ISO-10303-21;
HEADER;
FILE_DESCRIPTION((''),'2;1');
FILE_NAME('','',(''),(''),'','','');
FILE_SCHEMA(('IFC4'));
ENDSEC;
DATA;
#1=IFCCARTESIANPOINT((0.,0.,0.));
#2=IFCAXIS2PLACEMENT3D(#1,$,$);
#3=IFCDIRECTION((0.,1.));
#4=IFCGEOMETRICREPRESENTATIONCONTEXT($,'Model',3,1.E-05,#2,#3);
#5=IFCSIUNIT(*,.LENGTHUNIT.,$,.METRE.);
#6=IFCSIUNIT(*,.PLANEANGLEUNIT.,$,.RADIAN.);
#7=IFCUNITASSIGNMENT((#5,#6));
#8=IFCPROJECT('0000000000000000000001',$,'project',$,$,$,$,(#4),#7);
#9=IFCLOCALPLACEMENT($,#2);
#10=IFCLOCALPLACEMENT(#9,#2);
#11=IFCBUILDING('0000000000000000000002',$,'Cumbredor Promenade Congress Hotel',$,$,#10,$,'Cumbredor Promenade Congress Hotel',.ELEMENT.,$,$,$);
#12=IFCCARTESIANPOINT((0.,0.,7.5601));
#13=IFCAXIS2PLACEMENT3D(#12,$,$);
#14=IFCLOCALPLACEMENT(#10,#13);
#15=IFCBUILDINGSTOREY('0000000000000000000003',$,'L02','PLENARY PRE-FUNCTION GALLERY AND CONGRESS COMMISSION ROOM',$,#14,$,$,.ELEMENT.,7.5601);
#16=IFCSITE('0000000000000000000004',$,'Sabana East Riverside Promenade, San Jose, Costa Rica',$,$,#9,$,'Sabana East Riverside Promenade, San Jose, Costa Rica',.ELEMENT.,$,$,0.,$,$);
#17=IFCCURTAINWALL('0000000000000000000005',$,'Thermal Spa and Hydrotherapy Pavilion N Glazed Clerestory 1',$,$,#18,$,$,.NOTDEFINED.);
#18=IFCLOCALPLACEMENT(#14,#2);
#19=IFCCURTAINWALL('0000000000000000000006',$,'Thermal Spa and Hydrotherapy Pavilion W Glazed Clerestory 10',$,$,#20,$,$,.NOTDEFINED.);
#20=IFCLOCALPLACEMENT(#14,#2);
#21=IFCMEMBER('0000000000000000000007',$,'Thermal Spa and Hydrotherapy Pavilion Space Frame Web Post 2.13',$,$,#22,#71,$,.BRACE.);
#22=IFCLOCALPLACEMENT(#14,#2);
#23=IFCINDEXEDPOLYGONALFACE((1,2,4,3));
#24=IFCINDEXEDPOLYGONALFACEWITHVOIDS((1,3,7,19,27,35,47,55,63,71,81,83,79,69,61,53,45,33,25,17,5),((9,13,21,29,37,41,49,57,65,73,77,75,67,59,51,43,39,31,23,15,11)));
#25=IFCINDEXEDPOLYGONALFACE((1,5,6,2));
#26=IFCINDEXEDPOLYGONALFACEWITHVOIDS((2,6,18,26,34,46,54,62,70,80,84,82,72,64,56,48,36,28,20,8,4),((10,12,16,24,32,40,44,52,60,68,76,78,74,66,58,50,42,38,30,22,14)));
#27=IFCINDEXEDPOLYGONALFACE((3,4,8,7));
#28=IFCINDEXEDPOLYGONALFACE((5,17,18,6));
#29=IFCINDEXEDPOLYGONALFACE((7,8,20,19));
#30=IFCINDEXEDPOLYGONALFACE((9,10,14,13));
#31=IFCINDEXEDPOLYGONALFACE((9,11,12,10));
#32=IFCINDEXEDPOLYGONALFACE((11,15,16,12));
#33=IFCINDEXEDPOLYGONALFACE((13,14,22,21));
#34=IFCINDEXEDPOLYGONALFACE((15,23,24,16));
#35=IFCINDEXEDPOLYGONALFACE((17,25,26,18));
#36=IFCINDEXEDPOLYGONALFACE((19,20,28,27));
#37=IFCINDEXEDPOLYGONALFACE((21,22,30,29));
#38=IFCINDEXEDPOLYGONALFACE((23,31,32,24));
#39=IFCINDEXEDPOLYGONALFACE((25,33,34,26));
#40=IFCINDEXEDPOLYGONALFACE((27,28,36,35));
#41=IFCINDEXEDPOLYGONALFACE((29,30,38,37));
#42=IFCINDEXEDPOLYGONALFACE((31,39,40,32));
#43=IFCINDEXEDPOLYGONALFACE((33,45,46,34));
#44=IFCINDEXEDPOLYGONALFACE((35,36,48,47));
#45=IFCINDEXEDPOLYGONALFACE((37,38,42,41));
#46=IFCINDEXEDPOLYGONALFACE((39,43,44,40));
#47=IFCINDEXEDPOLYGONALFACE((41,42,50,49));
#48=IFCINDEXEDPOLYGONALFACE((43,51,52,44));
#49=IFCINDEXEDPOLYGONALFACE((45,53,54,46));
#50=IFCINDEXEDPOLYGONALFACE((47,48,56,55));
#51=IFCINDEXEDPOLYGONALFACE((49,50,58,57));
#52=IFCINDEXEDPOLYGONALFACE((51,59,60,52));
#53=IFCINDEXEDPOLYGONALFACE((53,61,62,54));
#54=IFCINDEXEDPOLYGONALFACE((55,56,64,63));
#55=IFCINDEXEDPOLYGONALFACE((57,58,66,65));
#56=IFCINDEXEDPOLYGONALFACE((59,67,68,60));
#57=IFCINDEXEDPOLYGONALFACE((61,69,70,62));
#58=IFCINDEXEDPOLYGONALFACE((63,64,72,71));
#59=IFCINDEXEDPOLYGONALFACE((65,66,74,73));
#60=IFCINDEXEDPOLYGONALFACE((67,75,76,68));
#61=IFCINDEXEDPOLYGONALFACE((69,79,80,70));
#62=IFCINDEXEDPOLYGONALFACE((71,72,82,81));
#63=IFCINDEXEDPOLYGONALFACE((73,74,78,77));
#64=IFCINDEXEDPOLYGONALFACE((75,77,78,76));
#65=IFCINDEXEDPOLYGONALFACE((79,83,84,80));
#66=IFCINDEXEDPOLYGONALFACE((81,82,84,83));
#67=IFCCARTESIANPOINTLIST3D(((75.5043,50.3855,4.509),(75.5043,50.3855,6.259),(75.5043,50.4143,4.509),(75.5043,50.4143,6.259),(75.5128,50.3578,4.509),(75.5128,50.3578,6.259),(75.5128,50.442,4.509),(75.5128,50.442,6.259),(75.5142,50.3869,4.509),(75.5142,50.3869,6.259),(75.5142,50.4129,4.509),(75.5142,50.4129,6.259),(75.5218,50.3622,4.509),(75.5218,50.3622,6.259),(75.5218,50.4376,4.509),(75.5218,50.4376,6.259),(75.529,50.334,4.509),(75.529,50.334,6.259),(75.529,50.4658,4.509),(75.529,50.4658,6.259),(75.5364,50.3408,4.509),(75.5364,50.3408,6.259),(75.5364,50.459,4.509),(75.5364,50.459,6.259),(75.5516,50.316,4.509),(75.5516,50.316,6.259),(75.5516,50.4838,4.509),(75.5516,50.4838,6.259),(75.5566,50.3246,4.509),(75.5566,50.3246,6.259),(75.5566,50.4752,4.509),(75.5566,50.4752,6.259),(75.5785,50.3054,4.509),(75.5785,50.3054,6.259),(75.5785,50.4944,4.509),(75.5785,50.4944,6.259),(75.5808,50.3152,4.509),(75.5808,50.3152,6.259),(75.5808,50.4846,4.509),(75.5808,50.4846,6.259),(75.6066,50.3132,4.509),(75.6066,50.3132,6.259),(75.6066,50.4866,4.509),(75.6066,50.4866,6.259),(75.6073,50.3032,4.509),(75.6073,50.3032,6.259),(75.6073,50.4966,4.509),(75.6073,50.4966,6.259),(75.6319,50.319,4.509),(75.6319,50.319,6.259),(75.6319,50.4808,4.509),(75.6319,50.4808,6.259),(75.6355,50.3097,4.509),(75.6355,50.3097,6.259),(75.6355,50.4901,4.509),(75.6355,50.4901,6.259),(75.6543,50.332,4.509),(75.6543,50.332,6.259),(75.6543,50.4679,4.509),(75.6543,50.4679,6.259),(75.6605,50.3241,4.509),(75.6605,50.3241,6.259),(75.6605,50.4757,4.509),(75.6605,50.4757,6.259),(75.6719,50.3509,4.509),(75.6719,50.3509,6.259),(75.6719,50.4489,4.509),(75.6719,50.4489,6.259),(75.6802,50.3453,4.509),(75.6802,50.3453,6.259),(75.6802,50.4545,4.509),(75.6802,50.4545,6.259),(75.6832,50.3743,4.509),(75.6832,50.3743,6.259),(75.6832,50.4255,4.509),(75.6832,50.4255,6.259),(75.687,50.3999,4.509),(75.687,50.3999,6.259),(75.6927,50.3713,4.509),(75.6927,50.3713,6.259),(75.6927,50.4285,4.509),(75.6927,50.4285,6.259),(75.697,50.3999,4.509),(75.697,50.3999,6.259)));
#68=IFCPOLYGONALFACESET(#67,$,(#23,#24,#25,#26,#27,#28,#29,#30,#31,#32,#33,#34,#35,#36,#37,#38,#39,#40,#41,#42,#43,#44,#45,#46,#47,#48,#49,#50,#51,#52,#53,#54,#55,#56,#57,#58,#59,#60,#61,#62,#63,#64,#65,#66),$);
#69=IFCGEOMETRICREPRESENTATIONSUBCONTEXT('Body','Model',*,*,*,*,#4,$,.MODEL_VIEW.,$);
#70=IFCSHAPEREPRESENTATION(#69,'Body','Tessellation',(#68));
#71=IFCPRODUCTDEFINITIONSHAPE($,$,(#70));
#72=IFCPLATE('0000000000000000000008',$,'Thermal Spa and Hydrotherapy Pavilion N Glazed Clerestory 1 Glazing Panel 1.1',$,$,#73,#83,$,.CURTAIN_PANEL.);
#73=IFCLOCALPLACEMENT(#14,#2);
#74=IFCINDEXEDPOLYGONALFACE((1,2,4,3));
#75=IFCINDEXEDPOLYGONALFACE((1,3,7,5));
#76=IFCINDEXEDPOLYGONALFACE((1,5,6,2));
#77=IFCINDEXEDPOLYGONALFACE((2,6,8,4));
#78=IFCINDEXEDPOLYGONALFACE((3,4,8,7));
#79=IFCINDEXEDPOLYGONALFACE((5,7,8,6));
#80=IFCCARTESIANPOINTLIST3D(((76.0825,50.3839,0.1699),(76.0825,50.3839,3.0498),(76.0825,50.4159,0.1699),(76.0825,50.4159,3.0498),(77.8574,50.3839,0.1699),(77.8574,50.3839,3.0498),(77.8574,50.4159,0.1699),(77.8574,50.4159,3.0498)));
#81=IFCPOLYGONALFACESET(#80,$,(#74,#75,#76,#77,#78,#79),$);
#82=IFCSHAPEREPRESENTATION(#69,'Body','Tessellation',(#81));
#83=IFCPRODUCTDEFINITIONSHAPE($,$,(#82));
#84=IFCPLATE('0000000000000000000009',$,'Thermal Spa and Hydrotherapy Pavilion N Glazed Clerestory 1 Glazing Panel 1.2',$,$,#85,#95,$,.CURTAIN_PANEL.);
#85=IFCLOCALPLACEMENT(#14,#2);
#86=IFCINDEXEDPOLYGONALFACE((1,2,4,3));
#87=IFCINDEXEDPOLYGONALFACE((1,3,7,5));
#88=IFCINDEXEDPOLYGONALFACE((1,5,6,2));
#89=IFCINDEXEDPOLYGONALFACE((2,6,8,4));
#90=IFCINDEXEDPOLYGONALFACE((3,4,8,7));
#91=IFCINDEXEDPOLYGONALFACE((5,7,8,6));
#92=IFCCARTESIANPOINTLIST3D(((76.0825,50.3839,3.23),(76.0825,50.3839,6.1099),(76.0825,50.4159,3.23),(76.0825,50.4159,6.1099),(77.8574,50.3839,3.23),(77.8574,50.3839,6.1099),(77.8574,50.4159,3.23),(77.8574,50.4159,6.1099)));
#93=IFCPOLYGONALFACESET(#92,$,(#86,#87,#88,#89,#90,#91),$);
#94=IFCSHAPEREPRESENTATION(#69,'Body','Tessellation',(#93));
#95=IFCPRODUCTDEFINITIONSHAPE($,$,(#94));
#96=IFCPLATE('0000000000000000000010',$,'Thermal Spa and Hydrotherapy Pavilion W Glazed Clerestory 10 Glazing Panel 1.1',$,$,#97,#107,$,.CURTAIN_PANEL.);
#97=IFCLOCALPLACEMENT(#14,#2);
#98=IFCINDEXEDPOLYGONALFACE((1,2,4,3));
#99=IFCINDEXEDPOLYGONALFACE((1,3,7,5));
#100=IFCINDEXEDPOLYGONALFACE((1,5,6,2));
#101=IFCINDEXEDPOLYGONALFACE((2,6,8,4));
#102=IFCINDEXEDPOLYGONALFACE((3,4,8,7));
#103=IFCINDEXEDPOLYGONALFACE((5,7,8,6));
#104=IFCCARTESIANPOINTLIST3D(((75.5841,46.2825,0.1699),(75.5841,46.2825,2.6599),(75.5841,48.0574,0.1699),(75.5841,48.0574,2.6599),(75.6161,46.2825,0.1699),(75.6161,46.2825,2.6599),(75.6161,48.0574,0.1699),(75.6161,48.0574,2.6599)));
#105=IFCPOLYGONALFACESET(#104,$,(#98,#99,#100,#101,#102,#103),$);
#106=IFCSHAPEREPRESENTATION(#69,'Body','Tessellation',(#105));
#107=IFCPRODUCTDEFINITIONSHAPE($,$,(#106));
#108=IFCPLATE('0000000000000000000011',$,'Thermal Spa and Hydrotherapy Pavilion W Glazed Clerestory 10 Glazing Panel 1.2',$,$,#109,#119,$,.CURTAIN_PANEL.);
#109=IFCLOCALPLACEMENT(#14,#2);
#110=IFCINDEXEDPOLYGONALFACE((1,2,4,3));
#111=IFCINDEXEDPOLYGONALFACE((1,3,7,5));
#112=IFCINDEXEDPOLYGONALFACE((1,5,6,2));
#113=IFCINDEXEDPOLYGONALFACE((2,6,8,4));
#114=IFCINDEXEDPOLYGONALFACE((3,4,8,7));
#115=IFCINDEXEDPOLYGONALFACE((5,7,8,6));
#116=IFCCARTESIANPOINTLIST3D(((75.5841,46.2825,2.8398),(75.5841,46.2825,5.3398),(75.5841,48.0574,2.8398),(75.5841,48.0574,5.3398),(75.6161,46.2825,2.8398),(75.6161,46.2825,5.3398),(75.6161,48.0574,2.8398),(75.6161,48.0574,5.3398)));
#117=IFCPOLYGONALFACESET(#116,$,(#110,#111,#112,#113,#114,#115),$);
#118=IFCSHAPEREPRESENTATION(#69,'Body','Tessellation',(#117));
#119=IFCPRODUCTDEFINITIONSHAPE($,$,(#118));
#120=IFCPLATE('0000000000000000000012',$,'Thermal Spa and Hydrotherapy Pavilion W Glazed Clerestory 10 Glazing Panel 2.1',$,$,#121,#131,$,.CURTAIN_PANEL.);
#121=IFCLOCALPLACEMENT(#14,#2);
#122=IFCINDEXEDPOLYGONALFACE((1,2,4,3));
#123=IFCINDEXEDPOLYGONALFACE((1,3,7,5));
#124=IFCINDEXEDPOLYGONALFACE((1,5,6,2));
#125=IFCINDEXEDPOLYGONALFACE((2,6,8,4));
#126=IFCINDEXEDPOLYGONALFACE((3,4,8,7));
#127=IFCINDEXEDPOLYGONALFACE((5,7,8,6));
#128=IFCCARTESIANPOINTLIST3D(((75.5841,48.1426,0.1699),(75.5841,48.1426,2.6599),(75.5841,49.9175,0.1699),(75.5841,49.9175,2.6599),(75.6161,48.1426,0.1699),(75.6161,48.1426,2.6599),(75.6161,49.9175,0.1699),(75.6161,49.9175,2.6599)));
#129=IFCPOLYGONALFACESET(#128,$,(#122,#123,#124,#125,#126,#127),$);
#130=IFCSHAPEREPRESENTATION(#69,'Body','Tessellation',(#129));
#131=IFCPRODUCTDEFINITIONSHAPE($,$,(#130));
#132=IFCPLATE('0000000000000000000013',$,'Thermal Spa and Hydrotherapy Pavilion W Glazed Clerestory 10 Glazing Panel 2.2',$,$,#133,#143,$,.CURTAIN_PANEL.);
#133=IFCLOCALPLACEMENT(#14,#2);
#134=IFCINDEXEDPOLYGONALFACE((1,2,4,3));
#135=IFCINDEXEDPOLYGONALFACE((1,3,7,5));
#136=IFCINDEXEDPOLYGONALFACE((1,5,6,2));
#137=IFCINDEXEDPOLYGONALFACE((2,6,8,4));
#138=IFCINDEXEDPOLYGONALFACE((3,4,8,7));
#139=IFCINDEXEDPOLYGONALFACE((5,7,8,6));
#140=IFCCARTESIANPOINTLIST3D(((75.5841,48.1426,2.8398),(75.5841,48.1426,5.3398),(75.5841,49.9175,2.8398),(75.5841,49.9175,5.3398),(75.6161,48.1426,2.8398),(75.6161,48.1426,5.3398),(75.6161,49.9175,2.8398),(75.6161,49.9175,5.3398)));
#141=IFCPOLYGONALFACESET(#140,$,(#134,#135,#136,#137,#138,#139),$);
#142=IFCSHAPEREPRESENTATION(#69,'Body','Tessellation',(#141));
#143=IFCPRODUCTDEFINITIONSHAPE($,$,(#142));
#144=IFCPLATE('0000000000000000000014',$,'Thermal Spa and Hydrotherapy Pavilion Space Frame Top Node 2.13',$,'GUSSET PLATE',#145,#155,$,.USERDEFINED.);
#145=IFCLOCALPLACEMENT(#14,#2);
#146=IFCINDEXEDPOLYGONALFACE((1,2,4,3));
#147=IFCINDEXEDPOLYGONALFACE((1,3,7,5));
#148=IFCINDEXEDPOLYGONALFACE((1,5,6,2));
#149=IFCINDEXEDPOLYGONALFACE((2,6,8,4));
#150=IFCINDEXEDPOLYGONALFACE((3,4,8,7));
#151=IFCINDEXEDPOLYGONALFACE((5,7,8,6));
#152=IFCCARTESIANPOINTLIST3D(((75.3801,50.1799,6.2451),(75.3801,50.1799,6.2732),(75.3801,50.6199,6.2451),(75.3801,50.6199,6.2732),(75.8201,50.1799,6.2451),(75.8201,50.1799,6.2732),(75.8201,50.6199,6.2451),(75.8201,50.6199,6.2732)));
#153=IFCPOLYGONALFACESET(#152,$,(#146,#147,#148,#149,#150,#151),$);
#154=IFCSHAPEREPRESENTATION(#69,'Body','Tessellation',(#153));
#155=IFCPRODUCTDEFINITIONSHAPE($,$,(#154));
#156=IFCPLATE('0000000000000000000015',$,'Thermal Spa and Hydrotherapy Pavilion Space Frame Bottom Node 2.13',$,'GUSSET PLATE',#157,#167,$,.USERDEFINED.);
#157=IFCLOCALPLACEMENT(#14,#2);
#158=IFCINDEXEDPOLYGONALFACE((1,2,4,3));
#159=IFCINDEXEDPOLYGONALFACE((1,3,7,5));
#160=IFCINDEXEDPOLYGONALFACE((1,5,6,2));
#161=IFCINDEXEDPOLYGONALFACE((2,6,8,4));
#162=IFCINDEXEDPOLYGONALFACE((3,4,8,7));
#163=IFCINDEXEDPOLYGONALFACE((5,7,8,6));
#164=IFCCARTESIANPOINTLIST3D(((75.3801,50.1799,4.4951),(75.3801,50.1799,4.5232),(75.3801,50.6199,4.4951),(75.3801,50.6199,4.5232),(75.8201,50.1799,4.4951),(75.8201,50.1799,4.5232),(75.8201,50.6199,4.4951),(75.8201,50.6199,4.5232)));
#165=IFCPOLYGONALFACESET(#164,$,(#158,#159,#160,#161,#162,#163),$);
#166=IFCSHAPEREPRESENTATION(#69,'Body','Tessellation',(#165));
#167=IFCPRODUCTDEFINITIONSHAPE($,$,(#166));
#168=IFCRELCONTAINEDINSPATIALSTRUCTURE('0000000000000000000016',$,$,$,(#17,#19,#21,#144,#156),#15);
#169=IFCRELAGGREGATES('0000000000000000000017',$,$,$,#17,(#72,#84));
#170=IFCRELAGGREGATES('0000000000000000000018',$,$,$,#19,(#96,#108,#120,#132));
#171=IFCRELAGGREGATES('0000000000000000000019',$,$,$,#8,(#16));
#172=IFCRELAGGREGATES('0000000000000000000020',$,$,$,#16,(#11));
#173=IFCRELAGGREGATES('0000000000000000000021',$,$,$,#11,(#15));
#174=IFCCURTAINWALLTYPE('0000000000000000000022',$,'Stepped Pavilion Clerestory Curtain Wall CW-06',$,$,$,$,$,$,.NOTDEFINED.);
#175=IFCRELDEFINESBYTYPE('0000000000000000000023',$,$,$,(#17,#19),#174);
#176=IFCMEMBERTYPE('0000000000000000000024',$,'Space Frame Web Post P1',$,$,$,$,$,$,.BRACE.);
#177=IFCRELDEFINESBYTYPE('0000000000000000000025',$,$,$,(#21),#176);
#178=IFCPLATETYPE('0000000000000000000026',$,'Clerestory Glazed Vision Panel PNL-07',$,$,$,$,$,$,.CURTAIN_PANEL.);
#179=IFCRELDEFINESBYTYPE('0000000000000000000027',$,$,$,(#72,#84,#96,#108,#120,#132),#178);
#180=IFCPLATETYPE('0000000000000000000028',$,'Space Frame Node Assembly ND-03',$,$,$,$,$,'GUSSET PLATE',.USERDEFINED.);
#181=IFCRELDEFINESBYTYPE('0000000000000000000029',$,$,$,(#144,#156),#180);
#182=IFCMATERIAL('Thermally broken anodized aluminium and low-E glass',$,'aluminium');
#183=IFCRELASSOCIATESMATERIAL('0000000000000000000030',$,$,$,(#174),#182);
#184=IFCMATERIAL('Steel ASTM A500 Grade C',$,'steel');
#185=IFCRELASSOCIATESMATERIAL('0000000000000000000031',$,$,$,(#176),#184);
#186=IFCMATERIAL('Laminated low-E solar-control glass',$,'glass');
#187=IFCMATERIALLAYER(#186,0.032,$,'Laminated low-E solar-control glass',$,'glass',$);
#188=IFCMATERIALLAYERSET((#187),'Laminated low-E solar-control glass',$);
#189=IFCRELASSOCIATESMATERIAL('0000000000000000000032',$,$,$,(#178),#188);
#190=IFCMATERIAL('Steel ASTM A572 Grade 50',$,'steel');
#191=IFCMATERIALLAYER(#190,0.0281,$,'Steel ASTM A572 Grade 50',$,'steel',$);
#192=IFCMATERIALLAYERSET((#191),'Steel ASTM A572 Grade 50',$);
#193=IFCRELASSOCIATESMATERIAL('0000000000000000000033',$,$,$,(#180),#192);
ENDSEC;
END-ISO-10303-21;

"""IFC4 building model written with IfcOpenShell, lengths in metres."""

from ifc_helpers import new_model, si_unit, direction, frame, origin, origin_2d, place, context, subcontext, project, spatial, rectangle, hollow_circle, extrude, material, layer, layer_set, material_profile, profile_set, type_object, element, aggregate, save


model = new_model("IFC4")

# Units and contexts
model_context = context("Model", 3, precision=1e-05, world=origin(), true_north=direction((0.0, 1.0)))
body_context = subcontext(model_context, "Body", "Model", "MODEL_VIEW")
ifc_project = project(units=[si_unit("LENGTHUNIT", "METRE"), si_unit("PLANEANGLEUNIT", "RADIAN")], contexts=[model_context])

# Site, building, storey
site_placement = place(None, origin())
site = spatial("IfcSite", under=ifc_project, at=site_placement, Name="Sabana East Riverside Promenade, San Jose, Costa Rica", LongName="Sabana East Riverside Promenade, San Jose, Costa Rica", CompositionType="ELEMENT", RefElevation=0.0)
building_placement = place(site_placement, origin())
building = spatial("IfcBuilding", under=site, at=building_placement, Name="Cumbredor Promenade Congress Hotel", LongName="Cumbredor Promenade Congress Hotel", CompositionType="ELEMENT")
storey_placement = place(building_placement, frame((0.0, 0.0, 7.5601)))
storey = spatial("IfcBuildingStorey", under=building, at=storey_placement, Name="L02", Description="PLENARY PRE-FUNCTION GALLERY AND CONGRESS COMMISSION ROOM", CompositionType="ELEMENT", Elevation=7.5601)

# Curtain wall
ifc_material_1 = material(Name="Thermally broken anodized aluminium and low-E glass", Category="aluminium")
curtain_wall_type = type_object("IfcCurtainWallType", Name="Stepped Pavilion Clerestory Curtain Wall CW-06", PredefinedType="NOTDEFINED", material=ifc_material_1)
curtain_wall_1_placement = place(storey_placement, origin())
curtain_wall_1 = element("IfcCurtainWall", 1, at=curtain_wall_1_placement, inside=storey, type_object=curtain_wall_type, Name="Thermal Spa and Hydrotherapy Pavilion N Glazed Clerestory 1", PredefinedType="NOTDEFINED")

# Curtain wall
curtain_wall_2_placement = place(storey_placement, origin())
curtain_wall_2 = element("IfcCurtainWall", 2, at=curtain_wall_2_placement, inside=storey, type_object=curtain_wall_type, Name="Thermal Spa and Hydrotherapy Pavilion W Glazed Clerestory 10", PredefinedType="NOTDEFINED")

# Member
ifc_material_2 = material(Name="Steel ASTM A500 Grade C", Category="steel")
ifc_material_profile_1 = material_profile(ifc_material_2, hollow_circle(Radius=0.0969, WallThickness=0.01, at=origin_2d()), Name="CHS 193.7x10")
ifc_profile_set_1 = profile_set([ifc_material_profile_1], Name="Steel ASTM A500 Grade C")
member_type_1 = type_object("IfcMemberType", Name="Space Frame Web Post P1", PredefinedType="BRACE", material=ifc_profile_set_1)
member_1_placement = place(storey_placement, frame((75.6001, 50.3999, 4.509), z_axis=(0.0, 0.0, 1.0), x_axis=(1.0, 0.0, 0.0)))
element("IfcMember", 3, at=member_1_placement, inside=storey, type_object=member_type_1, Name="Thermal Spa and Hydrotherapy Pavilion Space Frame Web Post 2.13", PredefinedType="BRACE", context=body_context, shape_type="SweptSolid", body=[
    extrude(hollow_circle(Radius=0.0969, WallThickness=0.01, at=origin_2d()), origin(), (0.0, 0.0, 1.0), 1.75),
])

# Plates
ifc_material_3 = material(Name="Laminated low-E solar-control glass", Category="glass")
ifc_layer_1 = layer(ifc_material_3, 0.032, Name="Laminated low-E solar-control glass", Category="glass")
ifc_layer_set_1 = layer_set([ifc_layer_1], Name="Laminated low-E solar-control glass")
plate_type_1 = type_object("IfcPlateType", Name="Clerestory Glazed Vision Panel PNL-07", PredefinedType="CURTAIN_PANEL", material=ifc_layer_set_1)
plate_1_placement = place(storey_placement, frame((76.97, 50.3999, 0.1699), z_axis=(0.0, 0.0, 1.0), x_axis=(1.0, 0.0, 0.0)))
plate_1 = element("IfcPlate", 4, at=plate_1_placement, type_object=plate_type_1, Name="Thermal Spa and Hydrotherapy Pavilion N Glazed Clerestory 1 Glazing Panel 1.1", PredefinedType="CURTAIN_PANEL", context=body_context, shape_type="SweptSolid", body=[
    extrude(rectangle(XDim=1.7749, YDim=0.032, at=origin_2d()), origin(), (0.0, 0.0, 1.0), 2.8799),
])
plate_2_placement = place(storey_placement, frame((76.97, 50.3999, 3.23), z_axis=(0.0, 0.0, 1.0), x_axis=(1.0, 0.0, 0.0)))
plate_2 = element("IfcPlate", 5, at=plate_2_placement, type_object=plate_type_1, Name="Thermal Spa and Hydrotherapy Pavilion N Glazed Clerestory 1 Glazing Panel 1.2", PredefinedType="CURTAIN_PANEL", context=body_context, shape_type="SweptSolid", body=[
    extrude(rectangle(XDim=1.7749, YDim=0.032, at=origin_2d()), origin(), (0.0, 0.0, 1.0), 2.8799),
])
aggregate(curtain_wall_1, [plate_1, plate_2])
plate_3_placement = place(storey_placement, frame((75.6001, 47.1699, 0.1699), z_axis=(0.0, 0.0, 1.0), x_axis=(0.0, 1.0, 0.0)))
plate_3 = element("IfcPlate", 6, at=plate_3_placement, type_object=plate_type_1, Name="Thermal Spa and Hydrotherapy Pavilion W Glazed Clerestory 10 Glazing Panel 1.1", PredefinedType="CURTAIN_PANEL", context=body_context, shape_type="SweptSolid", body=[
    extrude(rectangle(XDim=1.7749, YDim=0.032, at=origin_2d()), origin(), (0.0, 0.0, 1.0), 2.49),
])
plate_4_placement = place(storey_placement, frame((75.6001, 47.1699, 2.8398), z_axis=(0.0, 0.0, 1.0), x_axis=(0.0, 1.0, 0.0)))
plate_4 = element("IfcPlate", 7, at=plate_4_placement, type_object=plate_type_1, Name="Thermal Spa and Hydrotherapy Pavilion W Glazed Clerestory 10 Glazing Panel 1.2", PredefinedType="CURTAIN_PANEL", context=body_context, shape_type="SweptSolid", body=[
    extrude(rectangle(XDim=1.7749, YDim=0.032, at=origin_2d()), origin(), (0.0, 0.0, 1.0), 2.5),
])
plate_5_placement = place(storey_placement, frame((75.6001, 49.03, 0.1699), z_axis=(0.0, 0.0, 1.0), x_axis=(0.0, 1.0, 0.0)))
plate_5 = element("IfcPlate", 8, at=plate_5_placement, type_object=plate_type_1, Name="Thermal Spa and Hydrotherapy Pavilion W Glazed Clerestory 10 Glazing Panel 2.1", PredefinedType="CURTAIN_PANEL", context=body_context, shape_type="SweptSolid", body=[
    extrude(rectangle(XDim=1.7749, YDim=0.032, at=origin_2d()), origin(), (0.0, 0.0, 1.0), 2.49),
])
plate_6_placement = place(storey_placement, frame((75.6001, 49.03, 2.8398), z_axis=(0.0, 0.0, 1.0), x_axis=(0.0, 1.0, 0.0)))
plate_6 = element("IfcPlate", 9, at=plate_6_placement, type_object=plate_type_1, Name="Thermal Spa and Hydrotherapy Pavilion W Glazed Clerestory 10 Glazing Panel 2.2", PredefinedType="CURTAIN_PANEL", context=body_context, shape_type="SweptSolid", body=[
    extrude(rectangle(XDim=1.7749, YDim=0.032, at=origin_2d()), origin(), (0.0, 0.0, 1.0), 2.5),
])
aggregate(curtain_wall_2, [plate_3, plate_4, plate_5, plate_6])

# Plates
ifc_material_4 = material(Name="Steel ASTM A572 Grade 50", Category="steel")
ifc_layer_2 = layer(ifc_material_4, 0.0281, Name="Steel ASTM A572 Grade 50", Category="steel")
ifc_layer_set_2 = layer_set([ifc_layer_2], Name="Steel ASTM A572 Grade 50")
plate_type_2 = type_object("IfcPlateType", Name="Space Frame Node Assembly ND-03", ElementType="GUSSET PLATE", PredefinedType="USERDEFINED", material=ifc_layer_set_2)
for number, where, z_axis, x_axis, name in (
    (10, (75.6001, 50.3999, 6.2451), (0.0, 0.0, 1.0), (1.0, 0.0, 0.0), "Thermal Spa and Hydrotherapy Pavilion Space Frame Top Node 2.13"),
    (11, (75.6001, 50.3999, 4.4951), (0.0, 0.0, 1.0), (1.0, 0.0, 0.0), "Thermal Spa and Hydrotherapy Pavilion Space Frame Bottom Node 2.13"),
):
    element("IfcPlate", number, at=place(storey_placement, frame(where, z_axis=z_axis, x_axis=x_axis)), inside=storey, type_object=plate_type_2, Name=name, ObjectType="GUSSET PLATE", PredefinedType="USERDEFINED", context=body_context, shape_type="SweptSolid", body=[
        extrude(rectangle(XDim=0.4399, YDim=0.4399, at=origin_2d()), origin(), (0.0, 0.0, 1.0), 0.0281),
    ])

save(model, "model.ifc")
